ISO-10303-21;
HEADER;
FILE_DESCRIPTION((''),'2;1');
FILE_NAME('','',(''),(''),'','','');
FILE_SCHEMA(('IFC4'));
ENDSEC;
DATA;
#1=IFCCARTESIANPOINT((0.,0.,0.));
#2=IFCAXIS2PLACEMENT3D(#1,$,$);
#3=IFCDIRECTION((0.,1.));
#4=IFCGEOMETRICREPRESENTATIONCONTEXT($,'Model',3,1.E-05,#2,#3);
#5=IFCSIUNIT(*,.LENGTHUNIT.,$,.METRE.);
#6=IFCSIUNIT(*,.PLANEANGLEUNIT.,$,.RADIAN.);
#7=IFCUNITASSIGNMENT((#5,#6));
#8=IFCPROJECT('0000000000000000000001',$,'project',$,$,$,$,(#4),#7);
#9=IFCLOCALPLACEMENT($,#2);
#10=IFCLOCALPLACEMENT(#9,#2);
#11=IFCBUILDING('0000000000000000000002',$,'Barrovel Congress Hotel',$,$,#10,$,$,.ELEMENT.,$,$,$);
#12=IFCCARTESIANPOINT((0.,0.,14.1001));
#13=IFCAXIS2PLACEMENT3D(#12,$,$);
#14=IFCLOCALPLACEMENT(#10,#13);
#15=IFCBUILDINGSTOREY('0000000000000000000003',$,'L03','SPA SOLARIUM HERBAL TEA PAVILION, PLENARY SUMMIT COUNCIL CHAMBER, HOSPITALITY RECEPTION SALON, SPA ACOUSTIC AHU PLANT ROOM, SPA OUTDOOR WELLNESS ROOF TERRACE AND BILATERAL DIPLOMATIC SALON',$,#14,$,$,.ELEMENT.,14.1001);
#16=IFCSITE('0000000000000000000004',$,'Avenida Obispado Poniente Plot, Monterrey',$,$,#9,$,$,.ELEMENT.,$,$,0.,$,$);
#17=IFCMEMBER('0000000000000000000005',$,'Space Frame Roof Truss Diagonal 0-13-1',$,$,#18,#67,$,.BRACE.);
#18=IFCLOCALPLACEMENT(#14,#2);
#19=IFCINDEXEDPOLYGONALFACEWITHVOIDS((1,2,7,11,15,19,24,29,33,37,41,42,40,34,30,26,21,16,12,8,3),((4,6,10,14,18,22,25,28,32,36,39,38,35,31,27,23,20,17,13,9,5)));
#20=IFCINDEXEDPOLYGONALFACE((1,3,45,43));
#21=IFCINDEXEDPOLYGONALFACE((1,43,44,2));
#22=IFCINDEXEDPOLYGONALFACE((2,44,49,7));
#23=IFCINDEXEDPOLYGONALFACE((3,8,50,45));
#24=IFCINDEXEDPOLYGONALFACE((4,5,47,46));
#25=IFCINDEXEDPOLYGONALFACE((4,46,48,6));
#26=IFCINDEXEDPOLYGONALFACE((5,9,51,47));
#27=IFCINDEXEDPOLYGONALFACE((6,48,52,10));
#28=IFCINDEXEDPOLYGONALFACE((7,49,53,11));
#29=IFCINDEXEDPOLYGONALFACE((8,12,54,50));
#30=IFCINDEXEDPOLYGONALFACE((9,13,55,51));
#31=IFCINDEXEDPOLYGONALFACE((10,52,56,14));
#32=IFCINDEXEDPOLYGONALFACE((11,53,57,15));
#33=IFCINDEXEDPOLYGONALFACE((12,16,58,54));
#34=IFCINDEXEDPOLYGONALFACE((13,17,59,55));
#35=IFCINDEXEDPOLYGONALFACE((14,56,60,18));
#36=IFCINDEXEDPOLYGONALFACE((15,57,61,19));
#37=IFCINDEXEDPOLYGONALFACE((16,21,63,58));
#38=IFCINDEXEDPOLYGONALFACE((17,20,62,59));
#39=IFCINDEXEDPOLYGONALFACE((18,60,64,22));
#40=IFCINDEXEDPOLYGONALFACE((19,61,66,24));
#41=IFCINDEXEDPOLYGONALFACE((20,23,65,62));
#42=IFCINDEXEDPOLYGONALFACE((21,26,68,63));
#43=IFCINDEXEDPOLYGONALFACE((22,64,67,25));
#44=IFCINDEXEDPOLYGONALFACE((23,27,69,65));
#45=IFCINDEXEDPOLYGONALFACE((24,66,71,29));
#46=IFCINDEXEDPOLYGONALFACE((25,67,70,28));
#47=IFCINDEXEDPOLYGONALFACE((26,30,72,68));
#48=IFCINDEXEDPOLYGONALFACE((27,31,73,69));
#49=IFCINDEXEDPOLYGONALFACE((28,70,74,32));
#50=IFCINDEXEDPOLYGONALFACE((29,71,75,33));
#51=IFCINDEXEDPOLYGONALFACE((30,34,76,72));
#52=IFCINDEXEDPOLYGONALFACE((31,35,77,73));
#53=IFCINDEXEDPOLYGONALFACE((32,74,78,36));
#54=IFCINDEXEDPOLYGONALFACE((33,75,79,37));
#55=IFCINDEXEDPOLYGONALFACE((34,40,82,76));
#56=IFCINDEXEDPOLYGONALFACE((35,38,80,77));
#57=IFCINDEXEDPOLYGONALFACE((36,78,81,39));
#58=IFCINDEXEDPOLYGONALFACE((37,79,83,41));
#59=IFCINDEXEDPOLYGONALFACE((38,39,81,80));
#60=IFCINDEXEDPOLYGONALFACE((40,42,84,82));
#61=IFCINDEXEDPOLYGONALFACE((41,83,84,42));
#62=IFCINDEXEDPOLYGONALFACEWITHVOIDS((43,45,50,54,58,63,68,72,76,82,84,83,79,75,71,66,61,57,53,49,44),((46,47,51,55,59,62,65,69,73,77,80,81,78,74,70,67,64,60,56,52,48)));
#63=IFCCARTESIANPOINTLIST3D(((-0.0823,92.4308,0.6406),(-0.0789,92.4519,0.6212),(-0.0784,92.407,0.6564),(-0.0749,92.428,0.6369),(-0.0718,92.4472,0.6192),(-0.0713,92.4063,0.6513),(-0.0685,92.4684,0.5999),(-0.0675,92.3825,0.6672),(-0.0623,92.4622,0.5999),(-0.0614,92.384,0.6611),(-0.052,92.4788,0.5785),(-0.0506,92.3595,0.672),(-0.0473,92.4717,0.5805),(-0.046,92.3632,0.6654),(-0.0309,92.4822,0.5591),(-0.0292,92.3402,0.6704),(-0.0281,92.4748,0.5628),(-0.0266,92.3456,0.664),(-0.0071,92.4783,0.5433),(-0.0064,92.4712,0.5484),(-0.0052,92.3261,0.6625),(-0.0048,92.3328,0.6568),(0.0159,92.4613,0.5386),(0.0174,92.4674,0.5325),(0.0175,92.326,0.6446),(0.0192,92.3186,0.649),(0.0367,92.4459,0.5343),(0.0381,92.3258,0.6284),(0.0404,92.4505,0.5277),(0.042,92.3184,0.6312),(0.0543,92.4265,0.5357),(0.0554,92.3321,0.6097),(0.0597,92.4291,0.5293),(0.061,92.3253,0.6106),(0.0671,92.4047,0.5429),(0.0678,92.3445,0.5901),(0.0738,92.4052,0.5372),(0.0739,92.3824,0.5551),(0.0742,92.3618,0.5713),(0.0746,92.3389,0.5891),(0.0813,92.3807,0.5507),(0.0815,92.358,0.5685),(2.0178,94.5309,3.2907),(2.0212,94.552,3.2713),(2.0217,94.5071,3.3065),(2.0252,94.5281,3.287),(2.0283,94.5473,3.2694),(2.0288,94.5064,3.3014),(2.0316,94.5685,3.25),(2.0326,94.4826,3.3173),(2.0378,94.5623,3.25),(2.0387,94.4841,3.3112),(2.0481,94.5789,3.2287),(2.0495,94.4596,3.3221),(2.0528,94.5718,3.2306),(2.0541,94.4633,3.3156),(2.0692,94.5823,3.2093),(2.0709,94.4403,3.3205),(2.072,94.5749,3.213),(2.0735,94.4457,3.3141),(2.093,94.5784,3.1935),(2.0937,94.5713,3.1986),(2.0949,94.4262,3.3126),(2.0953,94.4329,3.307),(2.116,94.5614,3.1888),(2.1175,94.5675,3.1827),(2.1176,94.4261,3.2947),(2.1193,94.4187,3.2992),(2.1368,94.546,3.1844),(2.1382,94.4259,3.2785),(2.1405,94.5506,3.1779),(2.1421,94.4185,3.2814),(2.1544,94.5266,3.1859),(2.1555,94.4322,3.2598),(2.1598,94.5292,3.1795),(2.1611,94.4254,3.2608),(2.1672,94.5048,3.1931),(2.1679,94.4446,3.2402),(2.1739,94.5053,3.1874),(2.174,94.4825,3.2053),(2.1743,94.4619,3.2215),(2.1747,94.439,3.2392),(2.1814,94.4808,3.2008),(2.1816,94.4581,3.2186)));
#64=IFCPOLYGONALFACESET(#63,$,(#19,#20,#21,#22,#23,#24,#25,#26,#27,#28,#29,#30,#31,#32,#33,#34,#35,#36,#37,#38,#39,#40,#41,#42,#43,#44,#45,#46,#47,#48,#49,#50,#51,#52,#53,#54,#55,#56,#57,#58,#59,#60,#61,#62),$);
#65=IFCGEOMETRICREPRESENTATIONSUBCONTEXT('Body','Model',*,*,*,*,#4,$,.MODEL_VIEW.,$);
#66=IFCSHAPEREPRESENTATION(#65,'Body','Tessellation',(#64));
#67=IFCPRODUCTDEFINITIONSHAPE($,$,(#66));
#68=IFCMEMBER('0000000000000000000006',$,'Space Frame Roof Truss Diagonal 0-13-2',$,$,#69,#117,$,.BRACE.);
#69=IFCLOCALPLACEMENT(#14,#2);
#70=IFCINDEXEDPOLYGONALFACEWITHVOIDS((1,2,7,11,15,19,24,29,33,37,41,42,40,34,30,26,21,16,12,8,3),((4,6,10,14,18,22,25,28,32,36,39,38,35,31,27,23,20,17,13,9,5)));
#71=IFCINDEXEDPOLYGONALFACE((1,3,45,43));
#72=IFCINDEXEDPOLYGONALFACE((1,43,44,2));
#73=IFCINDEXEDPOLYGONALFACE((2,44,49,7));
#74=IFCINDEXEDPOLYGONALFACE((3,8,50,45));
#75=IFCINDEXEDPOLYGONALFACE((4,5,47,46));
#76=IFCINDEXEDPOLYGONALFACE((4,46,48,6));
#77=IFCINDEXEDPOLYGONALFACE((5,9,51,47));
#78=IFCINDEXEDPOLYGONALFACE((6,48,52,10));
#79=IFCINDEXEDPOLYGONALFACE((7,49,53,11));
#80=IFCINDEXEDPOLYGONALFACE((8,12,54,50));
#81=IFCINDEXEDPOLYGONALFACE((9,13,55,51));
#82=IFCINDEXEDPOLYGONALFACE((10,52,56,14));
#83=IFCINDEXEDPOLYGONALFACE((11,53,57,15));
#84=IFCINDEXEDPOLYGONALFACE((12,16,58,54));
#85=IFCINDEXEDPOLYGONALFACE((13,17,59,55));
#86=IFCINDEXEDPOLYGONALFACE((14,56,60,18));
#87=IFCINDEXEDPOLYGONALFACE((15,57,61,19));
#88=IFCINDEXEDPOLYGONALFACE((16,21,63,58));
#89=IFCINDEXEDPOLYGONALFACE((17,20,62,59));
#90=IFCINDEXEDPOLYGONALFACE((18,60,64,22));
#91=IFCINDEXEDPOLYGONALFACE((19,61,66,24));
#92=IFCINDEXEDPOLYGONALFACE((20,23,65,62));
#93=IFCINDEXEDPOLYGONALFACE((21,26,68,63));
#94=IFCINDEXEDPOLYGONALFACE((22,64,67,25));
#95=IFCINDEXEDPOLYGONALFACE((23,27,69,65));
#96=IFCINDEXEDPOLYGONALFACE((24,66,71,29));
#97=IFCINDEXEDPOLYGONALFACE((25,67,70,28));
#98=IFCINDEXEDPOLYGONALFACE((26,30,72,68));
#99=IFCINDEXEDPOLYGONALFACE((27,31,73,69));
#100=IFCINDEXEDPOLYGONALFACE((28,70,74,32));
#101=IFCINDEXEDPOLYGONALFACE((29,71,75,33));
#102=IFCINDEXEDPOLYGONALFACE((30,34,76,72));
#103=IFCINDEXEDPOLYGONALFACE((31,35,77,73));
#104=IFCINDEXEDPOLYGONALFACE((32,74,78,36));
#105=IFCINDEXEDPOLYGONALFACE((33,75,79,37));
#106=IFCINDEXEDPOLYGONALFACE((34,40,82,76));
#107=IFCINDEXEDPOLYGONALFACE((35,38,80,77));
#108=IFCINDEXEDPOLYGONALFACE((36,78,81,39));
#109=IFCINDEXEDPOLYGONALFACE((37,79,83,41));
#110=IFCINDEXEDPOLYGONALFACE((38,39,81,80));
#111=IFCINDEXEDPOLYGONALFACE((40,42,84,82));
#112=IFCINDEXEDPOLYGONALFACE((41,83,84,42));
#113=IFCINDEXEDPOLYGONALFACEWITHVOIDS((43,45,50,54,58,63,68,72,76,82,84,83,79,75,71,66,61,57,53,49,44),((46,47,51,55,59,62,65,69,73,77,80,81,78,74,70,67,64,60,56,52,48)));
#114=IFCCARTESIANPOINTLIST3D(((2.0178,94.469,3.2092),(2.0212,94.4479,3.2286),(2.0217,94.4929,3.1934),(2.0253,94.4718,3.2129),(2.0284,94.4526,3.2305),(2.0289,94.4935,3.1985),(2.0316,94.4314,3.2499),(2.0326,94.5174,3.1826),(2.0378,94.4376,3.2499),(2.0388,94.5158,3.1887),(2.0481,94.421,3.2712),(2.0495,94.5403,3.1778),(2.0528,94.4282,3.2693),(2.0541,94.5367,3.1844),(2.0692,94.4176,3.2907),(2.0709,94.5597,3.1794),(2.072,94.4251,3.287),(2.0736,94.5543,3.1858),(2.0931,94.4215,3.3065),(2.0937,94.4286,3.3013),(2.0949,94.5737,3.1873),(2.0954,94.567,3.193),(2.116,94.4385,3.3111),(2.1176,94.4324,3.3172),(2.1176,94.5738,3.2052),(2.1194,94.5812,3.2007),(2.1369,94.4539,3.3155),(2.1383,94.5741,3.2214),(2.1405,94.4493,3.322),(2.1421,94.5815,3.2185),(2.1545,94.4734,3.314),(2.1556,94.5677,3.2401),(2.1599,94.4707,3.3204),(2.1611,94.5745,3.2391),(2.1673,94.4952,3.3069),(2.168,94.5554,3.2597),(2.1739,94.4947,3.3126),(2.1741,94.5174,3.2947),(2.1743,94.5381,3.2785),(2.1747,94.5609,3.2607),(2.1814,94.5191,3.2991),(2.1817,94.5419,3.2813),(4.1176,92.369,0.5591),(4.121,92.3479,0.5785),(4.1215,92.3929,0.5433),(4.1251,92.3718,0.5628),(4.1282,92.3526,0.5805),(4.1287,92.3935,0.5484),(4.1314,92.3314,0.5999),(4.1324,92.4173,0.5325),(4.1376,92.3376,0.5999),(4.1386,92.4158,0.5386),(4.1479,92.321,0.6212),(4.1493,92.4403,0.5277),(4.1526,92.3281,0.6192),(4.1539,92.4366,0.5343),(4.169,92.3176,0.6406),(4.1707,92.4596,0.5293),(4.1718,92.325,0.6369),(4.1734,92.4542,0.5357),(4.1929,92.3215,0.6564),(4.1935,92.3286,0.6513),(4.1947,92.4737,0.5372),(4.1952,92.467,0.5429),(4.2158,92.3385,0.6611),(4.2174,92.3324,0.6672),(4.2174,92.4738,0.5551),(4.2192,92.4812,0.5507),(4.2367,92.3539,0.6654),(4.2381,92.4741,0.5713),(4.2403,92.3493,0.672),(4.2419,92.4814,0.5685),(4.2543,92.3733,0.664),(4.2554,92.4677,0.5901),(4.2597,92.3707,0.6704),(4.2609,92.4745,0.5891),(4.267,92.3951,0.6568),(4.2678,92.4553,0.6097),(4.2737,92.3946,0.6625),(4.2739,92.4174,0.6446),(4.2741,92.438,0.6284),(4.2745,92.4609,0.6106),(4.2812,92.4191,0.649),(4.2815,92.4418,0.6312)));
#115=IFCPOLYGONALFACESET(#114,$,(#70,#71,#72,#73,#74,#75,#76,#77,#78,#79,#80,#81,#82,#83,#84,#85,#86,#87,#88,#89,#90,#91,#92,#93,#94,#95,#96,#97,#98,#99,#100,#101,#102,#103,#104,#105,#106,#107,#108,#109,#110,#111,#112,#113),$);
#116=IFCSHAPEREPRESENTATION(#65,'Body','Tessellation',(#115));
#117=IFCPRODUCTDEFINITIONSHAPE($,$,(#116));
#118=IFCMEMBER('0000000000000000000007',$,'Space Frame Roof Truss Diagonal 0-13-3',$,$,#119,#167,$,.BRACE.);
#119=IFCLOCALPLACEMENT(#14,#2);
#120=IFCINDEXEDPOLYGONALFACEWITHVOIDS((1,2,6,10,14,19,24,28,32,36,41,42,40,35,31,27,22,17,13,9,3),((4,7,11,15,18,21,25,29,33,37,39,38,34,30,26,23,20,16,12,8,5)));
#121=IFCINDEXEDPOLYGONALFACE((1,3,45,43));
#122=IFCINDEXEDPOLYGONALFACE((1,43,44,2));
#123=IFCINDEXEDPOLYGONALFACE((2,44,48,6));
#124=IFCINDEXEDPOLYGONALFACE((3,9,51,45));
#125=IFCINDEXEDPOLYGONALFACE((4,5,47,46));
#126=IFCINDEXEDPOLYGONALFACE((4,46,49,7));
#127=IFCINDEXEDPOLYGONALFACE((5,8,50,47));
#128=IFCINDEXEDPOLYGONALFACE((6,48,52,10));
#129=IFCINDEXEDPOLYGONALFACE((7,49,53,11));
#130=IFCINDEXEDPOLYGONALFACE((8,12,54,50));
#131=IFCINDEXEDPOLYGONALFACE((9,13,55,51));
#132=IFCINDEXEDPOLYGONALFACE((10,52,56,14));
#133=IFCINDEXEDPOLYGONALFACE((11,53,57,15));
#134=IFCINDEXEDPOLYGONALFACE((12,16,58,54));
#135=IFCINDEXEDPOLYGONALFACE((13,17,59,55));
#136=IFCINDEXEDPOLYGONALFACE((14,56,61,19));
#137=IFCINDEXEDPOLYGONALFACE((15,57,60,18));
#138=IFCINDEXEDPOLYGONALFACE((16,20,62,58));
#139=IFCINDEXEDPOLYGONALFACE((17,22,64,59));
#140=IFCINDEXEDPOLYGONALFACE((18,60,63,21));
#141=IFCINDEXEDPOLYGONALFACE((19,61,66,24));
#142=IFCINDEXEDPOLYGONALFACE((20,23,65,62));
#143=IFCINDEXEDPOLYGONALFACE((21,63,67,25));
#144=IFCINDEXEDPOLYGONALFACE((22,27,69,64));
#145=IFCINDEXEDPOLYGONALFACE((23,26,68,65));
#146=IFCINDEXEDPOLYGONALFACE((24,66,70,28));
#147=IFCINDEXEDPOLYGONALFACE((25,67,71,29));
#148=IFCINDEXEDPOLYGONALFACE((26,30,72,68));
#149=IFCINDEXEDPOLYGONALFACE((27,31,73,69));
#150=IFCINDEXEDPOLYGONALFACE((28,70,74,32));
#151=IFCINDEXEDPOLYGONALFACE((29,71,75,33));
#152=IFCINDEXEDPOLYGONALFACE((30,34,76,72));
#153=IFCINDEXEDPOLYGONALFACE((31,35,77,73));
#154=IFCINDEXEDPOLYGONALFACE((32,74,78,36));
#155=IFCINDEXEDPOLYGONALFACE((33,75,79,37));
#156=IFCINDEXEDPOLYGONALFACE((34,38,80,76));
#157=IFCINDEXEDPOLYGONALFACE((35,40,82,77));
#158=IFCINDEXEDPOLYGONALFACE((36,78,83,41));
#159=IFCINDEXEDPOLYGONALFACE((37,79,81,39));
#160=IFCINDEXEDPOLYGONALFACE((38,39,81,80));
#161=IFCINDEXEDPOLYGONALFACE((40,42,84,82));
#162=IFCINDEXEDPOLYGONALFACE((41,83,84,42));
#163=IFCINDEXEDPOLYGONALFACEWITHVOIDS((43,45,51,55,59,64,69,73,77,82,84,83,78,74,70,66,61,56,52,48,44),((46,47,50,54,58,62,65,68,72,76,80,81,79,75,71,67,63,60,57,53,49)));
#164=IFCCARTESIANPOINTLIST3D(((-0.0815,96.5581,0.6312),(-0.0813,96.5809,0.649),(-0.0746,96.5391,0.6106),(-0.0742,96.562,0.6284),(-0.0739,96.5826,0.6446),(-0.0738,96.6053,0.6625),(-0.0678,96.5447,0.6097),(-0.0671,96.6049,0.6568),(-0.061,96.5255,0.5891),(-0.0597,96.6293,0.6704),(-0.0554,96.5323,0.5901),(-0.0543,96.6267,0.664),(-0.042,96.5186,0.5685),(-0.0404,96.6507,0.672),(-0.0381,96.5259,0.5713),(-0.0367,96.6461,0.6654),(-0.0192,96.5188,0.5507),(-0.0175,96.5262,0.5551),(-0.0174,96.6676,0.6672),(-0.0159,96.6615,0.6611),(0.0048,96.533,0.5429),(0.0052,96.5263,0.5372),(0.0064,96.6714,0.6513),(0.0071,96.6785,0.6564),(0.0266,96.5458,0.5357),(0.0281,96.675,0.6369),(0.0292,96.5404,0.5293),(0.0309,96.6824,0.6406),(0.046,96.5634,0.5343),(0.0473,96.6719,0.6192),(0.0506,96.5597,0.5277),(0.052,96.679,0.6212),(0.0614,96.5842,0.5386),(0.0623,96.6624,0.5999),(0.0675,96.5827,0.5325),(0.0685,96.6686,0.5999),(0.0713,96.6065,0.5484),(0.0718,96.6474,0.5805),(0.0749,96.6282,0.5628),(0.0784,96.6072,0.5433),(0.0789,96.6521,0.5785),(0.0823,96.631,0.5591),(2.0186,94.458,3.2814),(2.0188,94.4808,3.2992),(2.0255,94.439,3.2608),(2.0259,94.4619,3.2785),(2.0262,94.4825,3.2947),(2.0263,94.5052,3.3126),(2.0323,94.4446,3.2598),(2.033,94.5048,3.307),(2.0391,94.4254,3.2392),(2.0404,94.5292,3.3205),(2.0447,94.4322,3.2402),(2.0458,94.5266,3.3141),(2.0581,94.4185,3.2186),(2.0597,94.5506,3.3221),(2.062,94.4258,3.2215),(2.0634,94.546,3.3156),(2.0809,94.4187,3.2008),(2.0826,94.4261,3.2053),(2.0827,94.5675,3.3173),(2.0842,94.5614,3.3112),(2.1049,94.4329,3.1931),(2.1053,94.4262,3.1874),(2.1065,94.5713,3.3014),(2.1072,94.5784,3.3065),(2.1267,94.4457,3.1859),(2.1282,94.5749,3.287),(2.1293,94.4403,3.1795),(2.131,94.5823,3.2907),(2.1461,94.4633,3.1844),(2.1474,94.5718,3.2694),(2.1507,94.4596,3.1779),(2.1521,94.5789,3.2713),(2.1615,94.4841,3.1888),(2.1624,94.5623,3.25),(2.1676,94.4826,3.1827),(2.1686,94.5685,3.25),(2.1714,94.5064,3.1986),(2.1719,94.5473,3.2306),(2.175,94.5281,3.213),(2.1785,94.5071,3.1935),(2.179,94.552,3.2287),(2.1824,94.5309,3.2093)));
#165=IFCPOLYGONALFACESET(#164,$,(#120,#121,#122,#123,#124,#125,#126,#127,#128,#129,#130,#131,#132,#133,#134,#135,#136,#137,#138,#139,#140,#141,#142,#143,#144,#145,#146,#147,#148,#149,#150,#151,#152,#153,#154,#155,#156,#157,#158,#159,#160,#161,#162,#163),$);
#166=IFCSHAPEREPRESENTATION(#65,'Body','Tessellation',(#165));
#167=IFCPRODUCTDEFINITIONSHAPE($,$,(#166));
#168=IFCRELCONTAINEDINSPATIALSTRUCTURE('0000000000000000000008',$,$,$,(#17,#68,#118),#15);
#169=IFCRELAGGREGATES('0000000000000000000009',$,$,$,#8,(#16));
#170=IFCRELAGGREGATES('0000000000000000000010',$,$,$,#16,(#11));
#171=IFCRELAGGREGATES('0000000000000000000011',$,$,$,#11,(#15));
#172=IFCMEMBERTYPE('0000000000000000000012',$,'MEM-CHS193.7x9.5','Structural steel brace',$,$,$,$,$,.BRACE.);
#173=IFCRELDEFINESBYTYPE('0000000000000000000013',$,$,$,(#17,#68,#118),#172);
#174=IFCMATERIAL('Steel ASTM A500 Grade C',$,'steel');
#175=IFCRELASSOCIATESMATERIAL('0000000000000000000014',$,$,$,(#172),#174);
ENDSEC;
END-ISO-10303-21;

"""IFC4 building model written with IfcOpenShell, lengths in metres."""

from ifc_helpers import new_model, si_unit, direction, frame, origin, origin_2d, place, context, subcontext, project, spatial, hollow_circle, extrude, material, material_profile, profile_set, type_object, element, save


model = new_model("IFC4")

# Units and contexts
model_context = context("Model", 3, precision=1e-05, world=origin(), true_north=direction((0.0, 1.0)))
body_context = subcontext(model_context, "Body", "Model", "MODEL_VIEW")
ifc_project = project(units=[si_unit("LENGTHUNIT", "METRE"), si_unit("PLANEANGLEUNIT", "RADIAN")], contexts=[model_context])

# Site, building, storey
site_placement = place(None, origin())
site = spatial("IfcSite", under=ifc_project, at=site_placement, Name="Avenida Obispado Poniente Plot, Monterrey", CompositionType="ELEMENT", RefElevation=0.0)
building_placement = place(site_placement, origin())
building = spatial("IfcBuilding", under=site, at=building_placement, Name="Barrovel Congress Hotel", CompositionType="ELEMENT")
storey_placement = place(building_placement, frame((0.0, 0.0, 14.1001)))
storey = spatial("IfcBuildingStorey", under=building, at=storey_placement, Name="L03", Description="SPA SOLARIUM HERBAL TEA PAVILION, PLENARY SUMMIT COUNCIL CHAMBER, HOSPITALITY RECEPTION SALON, SPA ACOUSTIC AHU PLANT ROOM, SPA OUTDOOR WELLNESS ROOF TERRACE AND BILATERAL DIPLOMATIC SALON", CompositionType="ELEMENT", Elevation=14.1001)

# Members
ifc_material_1 = material(Name="Steel ASTM A500 Grade C", Category="steel")
ifc_material_profile_1 = material_profile(ifc_material_1, hollow_circle(Radius=0.0969, WallThickness=0.0088, at=origin_2d()), Name="CHS193.7x9.5")
ifc_profile_set_1 = profile_set([ifc_material_profile_1], Name="Steel ASTM A500 Grade C")
member_type_1 = type_object("IfcMemberType", Name="MEM-CHS193.7x9.5", Description="Structural steel brace", PredefinedType="BRACE", material=ifc_profile_set_1)
member_1_placement = place(storey_placement, frame((0.0, 92.3999, 0.5999), z_axis=(0.527601, 0.527601, 0.665788), x_axis=(-0.707107, 0.707107, 0.0)))
element("IfcMember", 1, at=member_1_placement, inside=storey, type_object=member_type_1, Name="Space Frame Roof Truss Diagonal 0-13-1", PredefinedType="BRACE", context=body_context, shape_type="SweptSolid", body=[
    extrude(hollow_circle(Radius=0.0969, WallThickness=0.0088, at=origin_2d()), origin(), (0.0, 0.0, 1.0), 3.9805),
])
member_2_placement = place(storey_placement, frame((4.2, 92.3999, 0.5999), z_axis=(-0.527557, 0.527618, 0.66581), x_axis=(-0.707148, -0.707066, 0.0)))
element("IfcMember", 2, at=member_2_placement, inside=storey, type_object=member_type_1, Name="Space Frame Roof Truss Diagonal 0-13-2", PredefinedType="BRACE", context=body_context, shape_type="SweptSolid", body=[
    extrude(hollow_circle(Radius=0.0969, WallThickness=0.0088, at=origin_2d()), origin(), (0.0, 0.0, 1.0), 3.9802),
])
member_3_placement = place(storey_placement, frame((0.0, 96.6001, 0.5999), z_axis=(0.527601, -0.527601, 0.665788), x_axis=(0.707107, 0.707107, 0.0)))
element("IfcMember", 3, at=member_3_placement, inside=storey, type_object=member_type_1, Name="Space Frame Roof Truss Diagonal 0-13-3", PredefinedType="BRACE", context=body_context, shape_type="SweptSolid", body=[
    extrude(hollow_circle(Radius=0.0969, WallThickness=0.0088, at=origin_2d()), origin(), (0.0, 0.0, 1.0), 3.9805),
])

save(model, "model.ifc")
